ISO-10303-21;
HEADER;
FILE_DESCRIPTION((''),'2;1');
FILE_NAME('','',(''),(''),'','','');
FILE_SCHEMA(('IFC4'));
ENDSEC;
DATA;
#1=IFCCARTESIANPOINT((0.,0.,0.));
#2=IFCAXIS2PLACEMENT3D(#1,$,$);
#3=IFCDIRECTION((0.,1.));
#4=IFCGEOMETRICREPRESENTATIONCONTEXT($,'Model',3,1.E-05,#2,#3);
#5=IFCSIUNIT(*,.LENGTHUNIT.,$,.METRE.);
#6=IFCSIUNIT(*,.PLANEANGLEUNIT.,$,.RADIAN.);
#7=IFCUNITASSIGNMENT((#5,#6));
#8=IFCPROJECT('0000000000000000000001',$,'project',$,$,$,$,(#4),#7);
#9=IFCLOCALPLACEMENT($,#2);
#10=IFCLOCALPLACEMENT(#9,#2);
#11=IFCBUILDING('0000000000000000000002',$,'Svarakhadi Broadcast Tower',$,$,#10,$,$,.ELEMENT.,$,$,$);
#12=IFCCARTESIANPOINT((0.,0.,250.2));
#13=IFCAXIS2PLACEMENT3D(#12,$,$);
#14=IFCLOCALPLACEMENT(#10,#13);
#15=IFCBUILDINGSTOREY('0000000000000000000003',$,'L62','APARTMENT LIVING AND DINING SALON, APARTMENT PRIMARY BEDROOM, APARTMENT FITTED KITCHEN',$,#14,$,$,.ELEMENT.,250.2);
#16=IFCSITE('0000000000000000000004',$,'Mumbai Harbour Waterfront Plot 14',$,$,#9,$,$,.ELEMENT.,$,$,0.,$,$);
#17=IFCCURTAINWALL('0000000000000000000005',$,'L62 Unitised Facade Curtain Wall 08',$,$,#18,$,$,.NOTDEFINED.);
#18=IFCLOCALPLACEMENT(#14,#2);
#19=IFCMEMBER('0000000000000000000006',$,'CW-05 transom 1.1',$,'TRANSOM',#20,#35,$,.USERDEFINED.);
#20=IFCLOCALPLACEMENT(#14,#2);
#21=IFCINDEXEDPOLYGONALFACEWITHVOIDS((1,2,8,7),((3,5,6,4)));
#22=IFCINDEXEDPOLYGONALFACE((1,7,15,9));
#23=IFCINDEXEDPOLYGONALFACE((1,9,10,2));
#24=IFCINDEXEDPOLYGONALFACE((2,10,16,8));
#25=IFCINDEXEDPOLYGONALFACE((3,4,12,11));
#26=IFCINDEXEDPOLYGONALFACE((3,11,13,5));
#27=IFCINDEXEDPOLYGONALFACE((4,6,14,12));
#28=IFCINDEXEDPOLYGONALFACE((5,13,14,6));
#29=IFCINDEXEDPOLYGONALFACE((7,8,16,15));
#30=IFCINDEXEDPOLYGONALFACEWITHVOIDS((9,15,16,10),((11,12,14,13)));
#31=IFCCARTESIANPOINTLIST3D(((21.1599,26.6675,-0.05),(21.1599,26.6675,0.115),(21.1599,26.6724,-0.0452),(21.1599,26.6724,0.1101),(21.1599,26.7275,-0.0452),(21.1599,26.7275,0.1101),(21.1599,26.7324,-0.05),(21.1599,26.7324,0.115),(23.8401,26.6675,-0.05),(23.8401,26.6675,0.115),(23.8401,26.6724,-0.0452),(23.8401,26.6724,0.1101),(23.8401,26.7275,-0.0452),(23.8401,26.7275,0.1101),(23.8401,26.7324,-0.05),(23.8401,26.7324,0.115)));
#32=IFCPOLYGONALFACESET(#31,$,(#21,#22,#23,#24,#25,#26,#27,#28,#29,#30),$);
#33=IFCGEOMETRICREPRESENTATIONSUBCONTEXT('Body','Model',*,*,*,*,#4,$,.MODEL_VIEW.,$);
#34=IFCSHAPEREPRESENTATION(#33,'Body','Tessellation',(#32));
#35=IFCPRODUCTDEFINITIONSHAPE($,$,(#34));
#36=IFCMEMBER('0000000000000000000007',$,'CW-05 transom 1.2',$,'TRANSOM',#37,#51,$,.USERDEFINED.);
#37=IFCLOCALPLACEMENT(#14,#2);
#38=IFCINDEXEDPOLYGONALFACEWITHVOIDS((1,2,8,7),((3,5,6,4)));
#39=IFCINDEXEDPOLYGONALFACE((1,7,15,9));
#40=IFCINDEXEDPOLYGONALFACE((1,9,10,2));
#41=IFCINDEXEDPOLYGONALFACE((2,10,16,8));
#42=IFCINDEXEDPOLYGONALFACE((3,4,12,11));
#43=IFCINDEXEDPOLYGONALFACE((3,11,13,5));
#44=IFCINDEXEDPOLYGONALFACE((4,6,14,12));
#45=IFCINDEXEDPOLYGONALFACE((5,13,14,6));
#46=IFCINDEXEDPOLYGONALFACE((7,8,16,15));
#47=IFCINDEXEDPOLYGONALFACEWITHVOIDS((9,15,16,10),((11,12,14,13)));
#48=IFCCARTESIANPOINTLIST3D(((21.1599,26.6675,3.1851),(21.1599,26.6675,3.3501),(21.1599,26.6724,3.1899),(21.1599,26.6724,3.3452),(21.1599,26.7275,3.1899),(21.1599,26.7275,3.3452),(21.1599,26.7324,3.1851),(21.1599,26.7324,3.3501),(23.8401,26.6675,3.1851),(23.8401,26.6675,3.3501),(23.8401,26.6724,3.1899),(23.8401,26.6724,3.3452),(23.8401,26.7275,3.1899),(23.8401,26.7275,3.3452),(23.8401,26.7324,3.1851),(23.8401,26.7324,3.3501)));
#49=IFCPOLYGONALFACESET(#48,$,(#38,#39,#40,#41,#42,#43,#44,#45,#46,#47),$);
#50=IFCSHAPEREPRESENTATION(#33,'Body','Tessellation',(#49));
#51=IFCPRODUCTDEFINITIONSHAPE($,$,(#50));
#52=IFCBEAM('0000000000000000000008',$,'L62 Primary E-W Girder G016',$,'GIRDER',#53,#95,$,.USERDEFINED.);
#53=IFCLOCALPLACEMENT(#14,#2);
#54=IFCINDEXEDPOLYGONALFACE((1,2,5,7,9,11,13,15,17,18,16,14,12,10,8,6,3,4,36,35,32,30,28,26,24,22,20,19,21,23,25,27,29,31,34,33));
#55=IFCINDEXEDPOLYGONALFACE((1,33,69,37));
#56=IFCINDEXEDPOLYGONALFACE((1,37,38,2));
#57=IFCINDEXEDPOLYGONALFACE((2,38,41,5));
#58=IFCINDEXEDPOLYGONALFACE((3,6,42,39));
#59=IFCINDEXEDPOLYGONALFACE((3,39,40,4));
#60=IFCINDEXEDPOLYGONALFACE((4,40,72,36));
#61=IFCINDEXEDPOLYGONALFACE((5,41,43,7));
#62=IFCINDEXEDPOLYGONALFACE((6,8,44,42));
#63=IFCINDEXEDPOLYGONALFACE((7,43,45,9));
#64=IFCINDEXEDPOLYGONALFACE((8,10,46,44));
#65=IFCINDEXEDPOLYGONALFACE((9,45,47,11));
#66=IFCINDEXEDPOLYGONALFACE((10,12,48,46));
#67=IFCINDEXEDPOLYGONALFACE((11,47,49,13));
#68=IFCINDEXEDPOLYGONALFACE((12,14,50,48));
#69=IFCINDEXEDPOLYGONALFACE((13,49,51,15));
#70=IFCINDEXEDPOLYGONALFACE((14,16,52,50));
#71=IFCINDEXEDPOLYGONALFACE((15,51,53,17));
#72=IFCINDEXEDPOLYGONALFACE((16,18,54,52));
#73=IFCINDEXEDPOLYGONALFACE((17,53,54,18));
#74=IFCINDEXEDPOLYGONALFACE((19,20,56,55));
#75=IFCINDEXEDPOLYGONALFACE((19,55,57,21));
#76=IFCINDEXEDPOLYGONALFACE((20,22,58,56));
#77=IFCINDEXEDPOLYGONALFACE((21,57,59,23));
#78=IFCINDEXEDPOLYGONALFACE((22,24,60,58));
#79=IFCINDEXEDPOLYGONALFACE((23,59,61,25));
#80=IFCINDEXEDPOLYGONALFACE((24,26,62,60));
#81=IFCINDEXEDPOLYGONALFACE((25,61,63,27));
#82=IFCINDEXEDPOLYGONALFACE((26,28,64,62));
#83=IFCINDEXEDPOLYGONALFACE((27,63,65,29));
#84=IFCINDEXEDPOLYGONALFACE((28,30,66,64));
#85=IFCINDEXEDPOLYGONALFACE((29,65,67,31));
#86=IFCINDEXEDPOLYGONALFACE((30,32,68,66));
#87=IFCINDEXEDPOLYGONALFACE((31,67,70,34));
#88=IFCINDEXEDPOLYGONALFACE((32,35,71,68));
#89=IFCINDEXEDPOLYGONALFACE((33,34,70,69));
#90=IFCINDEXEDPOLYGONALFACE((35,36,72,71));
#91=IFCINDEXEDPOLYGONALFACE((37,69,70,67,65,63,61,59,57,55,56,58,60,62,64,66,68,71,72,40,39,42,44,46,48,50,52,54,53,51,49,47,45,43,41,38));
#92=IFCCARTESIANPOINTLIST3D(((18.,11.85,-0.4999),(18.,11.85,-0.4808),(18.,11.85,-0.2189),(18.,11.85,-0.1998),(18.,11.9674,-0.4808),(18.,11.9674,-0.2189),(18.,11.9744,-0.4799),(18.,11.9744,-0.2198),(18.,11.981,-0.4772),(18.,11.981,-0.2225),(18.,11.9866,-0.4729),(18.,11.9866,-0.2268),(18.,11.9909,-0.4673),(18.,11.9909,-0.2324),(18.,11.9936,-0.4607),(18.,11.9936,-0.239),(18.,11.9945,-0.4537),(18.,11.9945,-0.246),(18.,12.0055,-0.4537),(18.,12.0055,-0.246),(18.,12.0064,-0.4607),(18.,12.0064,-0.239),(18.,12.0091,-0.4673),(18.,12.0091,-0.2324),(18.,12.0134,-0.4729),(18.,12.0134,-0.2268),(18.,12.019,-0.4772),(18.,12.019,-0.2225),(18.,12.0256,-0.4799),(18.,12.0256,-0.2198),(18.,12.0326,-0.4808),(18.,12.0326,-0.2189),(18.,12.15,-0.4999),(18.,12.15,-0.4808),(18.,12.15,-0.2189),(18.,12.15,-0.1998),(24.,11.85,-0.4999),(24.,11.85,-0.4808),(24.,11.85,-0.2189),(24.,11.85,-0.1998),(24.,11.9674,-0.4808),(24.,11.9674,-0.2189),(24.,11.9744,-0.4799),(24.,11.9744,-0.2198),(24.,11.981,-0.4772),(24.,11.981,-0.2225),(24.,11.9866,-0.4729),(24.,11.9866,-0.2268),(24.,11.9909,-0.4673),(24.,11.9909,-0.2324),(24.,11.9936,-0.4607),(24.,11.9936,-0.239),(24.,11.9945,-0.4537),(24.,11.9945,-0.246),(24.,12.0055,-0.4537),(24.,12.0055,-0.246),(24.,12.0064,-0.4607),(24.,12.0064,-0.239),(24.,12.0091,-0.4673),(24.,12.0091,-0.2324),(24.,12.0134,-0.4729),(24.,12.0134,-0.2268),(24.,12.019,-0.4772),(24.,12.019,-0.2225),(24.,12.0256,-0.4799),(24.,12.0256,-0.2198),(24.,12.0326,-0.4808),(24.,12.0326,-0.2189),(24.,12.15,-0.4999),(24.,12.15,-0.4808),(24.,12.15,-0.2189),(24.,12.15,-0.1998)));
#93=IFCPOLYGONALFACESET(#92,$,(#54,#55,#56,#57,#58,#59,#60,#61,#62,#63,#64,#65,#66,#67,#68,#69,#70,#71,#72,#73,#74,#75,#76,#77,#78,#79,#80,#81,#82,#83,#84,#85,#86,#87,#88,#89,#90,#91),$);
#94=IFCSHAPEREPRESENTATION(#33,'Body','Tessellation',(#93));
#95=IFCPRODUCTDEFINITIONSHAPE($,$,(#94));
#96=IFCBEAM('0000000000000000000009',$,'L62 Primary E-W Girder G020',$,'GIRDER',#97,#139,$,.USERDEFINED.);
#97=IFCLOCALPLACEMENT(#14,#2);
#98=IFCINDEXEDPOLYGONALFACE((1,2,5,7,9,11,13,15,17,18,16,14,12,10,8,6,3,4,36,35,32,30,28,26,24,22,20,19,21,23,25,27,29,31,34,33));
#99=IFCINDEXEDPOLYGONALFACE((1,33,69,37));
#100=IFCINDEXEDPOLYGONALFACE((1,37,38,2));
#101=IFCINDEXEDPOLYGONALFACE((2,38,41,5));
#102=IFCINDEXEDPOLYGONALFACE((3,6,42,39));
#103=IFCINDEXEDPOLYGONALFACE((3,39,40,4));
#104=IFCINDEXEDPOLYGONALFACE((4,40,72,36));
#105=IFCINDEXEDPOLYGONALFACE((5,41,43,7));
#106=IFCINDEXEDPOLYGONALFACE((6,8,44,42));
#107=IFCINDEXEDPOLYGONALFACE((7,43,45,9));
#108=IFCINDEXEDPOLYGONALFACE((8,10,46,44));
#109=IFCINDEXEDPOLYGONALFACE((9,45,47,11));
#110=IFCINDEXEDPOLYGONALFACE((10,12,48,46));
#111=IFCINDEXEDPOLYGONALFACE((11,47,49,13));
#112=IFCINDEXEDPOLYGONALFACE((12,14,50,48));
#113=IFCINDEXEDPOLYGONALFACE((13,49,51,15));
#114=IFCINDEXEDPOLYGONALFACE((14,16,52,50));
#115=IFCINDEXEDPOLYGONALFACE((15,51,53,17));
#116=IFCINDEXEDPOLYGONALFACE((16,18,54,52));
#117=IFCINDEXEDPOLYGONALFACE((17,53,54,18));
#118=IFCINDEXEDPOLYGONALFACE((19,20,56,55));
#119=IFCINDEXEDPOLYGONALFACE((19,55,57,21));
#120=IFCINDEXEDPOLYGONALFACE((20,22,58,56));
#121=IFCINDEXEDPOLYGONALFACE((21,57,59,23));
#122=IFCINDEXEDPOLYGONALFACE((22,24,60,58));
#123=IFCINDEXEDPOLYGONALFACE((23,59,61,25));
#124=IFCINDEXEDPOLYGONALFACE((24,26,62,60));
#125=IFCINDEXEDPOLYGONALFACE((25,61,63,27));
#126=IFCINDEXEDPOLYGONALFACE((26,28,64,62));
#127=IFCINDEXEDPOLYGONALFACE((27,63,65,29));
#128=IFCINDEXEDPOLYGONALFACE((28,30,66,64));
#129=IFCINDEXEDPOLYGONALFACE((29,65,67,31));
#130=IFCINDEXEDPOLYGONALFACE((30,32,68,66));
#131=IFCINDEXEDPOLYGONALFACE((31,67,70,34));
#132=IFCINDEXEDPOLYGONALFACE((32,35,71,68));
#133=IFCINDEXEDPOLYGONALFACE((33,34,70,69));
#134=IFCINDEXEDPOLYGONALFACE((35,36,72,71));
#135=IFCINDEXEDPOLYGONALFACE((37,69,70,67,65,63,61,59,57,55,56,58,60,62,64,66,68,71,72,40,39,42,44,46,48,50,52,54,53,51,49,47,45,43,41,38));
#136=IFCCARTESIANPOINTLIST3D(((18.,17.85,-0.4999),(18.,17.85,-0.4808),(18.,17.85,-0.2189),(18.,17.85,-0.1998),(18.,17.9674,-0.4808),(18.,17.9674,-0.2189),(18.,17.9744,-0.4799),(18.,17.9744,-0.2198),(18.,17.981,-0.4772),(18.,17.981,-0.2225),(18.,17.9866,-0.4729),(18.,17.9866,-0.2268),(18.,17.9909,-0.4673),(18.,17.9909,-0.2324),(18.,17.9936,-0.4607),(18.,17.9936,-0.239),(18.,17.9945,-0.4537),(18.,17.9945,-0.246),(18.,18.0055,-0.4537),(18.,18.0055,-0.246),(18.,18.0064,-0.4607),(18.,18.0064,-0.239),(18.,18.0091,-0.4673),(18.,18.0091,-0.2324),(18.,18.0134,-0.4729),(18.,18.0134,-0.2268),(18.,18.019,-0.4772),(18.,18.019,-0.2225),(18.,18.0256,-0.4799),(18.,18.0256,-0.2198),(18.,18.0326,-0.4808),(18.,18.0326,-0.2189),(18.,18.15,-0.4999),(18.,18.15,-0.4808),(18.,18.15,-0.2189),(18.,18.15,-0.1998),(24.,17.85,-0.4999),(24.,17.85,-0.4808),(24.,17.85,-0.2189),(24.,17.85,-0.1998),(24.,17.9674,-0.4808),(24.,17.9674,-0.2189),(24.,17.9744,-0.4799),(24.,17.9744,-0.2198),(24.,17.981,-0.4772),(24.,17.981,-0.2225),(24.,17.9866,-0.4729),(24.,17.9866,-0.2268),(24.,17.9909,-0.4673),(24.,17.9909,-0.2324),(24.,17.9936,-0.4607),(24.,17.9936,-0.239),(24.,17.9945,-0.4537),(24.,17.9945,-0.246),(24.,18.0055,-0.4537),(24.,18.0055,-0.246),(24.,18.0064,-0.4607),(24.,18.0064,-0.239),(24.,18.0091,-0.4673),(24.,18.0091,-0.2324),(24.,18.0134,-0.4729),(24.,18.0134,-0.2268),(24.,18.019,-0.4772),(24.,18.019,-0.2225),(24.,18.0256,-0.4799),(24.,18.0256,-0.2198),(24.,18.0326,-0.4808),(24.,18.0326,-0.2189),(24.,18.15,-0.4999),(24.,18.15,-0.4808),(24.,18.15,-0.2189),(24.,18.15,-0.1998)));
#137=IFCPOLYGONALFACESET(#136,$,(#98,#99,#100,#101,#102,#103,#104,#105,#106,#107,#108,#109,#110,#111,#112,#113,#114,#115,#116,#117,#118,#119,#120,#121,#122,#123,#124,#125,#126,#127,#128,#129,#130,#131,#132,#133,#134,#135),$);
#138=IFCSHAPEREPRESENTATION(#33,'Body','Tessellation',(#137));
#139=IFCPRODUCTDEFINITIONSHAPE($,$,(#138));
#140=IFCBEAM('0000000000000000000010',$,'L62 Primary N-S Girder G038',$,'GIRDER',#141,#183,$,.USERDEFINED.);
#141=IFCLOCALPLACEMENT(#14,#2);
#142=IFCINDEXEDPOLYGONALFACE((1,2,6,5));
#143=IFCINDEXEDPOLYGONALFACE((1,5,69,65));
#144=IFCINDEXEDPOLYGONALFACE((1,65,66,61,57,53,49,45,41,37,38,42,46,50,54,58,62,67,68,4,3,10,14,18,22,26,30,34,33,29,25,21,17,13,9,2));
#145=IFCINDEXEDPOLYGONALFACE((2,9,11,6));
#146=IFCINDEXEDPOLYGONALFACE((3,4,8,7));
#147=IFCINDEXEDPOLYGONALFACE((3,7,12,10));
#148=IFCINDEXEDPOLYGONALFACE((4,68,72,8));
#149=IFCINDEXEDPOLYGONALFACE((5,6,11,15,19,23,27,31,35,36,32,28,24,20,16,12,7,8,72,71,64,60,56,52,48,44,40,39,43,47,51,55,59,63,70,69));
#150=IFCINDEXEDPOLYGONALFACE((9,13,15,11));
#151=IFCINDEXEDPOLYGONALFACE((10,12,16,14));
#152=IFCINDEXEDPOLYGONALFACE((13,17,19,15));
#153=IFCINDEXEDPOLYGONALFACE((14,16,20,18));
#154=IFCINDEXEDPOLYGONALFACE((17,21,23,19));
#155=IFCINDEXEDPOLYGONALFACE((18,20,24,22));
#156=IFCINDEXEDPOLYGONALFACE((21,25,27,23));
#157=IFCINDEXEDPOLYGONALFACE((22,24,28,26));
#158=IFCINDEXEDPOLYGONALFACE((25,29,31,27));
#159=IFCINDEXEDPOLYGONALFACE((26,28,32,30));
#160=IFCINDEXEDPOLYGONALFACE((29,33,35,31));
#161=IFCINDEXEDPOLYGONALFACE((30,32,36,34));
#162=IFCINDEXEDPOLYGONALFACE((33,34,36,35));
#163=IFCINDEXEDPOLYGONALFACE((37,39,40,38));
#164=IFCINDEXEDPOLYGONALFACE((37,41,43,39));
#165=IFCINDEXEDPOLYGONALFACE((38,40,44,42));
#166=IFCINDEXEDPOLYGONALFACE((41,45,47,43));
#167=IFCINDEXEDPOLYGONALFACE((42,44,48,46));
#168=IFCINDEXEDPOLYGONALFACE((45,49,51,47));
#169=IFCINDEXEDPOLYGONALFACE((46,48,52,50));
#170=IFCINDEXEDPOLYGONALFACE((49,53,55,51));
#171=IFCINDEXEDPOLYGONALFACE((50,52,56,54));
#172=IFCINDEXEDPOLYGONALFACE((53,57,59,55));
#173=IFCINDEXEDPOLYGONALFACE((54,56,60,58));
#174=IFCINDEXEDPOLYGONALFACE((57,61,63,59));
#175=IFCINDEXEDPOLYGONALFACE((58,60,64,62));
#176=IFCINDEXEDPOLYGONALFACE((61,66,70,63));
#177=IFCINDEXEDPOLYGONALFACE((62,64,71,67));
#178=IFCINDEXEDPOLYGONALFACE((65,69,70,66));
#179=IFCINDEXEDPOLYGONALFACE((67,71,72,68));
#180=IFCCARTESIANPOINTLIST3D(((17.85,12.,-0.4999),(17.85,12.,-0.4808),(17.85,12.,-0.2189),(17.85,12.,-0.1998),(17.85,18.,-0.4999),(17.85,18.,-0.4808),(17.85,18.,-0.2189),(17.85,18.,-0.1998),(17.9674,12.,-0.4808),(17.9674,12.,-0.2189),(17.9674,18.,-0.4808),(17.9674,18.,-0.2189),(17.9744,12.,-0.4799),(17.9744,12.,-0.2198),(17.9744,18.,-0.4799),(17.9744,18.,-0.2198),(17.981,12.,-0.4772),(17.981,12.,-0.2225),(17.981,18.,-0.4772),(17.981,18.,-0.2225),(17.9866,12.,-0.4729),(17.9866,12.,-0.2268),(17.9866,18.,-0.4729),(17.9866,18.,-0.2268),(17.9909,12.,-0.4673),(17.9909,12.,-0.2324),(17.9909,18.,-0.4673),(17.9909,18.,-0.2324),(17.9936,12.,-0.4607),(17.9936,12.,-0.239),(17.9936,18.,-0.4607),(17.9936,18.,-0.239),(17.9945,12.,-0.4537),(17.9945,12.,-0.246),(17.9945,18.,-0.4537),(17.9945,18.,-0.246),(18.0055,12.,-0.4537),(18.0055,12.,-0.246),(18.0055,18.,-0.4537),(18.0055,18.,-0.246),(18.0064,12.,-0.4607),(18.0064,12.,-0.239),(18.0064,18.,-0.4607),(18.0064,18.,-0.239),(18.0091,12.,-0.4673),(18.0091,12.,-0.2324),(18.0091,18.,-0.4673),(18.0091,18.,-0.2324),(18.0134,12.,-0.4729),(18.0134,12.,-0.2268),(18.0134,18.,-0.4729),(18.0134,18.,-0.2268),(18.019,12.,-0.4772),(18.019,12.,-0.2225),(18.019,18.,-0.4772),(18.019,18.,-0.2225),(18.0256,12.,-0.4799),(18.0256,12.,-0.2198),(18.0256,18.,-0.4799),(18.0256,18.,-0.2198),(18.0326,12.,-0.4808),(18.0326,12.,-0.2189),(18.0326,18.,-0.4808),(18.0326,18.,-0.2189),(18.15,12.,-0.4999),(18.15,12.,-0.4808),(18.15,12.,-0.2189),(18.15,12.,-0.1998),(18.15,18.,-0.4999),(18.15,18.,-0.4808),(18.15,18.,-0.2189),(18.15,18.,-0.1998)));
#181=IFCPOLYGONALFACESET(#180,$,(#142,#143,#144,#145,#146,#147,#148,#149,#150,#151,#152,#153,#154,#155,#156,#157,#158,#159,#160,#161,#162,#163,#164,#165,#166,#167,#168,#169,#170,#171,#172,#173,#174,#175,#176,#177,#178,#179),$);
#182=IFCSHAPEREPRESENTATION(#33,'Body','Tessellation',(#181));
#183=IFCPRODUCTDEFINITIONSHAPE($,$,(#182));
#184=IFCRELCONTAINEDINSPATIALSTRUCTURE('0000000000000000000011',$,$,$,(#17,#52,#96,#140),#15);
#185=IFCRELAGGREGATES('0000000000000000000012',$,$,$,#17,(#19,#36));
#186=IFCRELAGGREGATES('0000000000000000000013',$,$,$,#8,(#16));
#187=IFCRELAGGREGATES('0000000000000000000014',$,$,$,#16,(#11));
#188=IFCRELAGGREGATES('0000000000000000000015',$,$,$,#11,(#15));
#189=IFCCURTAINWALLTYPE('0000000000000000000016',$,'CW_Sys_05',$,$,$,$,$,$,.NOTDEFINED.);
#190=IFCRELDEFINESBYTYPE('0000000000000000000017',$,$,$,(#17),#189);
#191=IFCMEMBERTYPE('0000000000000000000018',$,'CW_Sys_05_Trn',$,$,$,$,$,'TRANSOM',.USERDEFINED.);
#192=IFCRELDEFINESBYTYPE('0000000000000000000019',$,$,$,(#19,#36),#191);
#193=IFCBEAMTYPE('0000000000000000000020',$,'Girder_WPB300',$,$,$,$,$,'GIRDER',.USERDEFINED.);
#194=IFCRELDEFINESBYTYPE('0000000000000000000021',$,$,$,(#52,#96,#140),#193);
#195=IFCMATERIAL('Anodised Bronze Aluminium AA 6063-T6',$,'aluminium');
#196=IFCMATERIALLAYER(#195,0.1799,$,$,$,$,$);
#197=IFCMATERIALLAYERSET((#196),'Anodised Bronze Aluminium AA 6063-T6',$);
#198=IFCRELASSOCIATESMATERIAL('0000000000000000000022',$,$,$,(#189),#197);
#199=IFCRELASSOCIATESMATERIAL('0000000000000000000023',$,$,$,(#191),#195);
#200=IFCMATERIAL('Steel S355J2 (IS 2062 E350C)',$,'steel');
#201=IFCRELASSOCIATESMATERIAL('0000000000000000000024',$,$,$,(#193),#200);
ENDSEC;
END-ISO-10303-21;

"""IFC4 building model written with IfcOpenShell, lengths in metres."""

from ifc_helpers import new_model, si_unit, direction, frame, origin, origin_2d, place, context, subcontext, project, spatial, hollow_rectangle, i_section, extrude, material, layer, layer_set, material_profile, profile_set, type_object, element, aggregate, save


model = new_model("IFC4")

# Units and contexts
model_context = context("Model", 3, precision=1e-05, world=origin(), true_north=direction((0.0, 1.0)))
body_context = subcontext(model_context, "Body", "Model", "MODEL_VIEW")
ifc_project = project(units=[si_unit("LENGTHUNIT", "METRE"), si_unit("PLANEANGLEUNIT", "RADIAN")], contexts=[model_context])

# Site, building, storey
site_placement = place(None, origin())
site = spatial("IfcSite", under=ifc_project, at=site_placement, Name="Mumbai Harbour Waterfront Plot 14", CompositionType="ELEMENT", RefElevation=0.0)
building_placement = place(site_placement, origin())
building = spatial("IfcBuilding", under=site, at=building_placement, Name="Svarakhadi Broadcast Tower", CompositionType="ELEMENT")
storey_placement = place(building_placement, frame((0.0, 0.0, 250.2)))
storey = spatial("IfcBuildingStorey", under=building, at=storey_placement, Name="L62", Description="APARTMENT LIVING AND DINING SALON, APARTMENT PRIMARY BEDROOM, APARTMENT FITTED KITCHEN", CompositionType="ELEMENT", Elevation=250.2)

# Shared definitions
ifc_material_1 = material(Name="Steel S355J2 (IS 2062 E350C)", Category="steel")

# Curtain wall
ifc_material_2 = material(Name="Anodised Bronze Aluminium AA 6063-T6", Category="aluminium")
ifc_layer_1 = layer(ifc_material_2, 0.1799)
ifc_layer_set_1 = layer_set([ifc_layer_1], Name="Anodised Bronze Aluminium AA 6063-T6")
curtain_wall_type = type_object("IfcCurtainWallType", Name="CW_Sys_05", PredefinedType="NOTDEFINED", material=ifc_layer_set_1)
curtain_wall_1_placement = place(storey_placement, origin())
curtain_wall_1 = element("IfcCurtainWall", 1, at=curtain_wall_1_placement, inside=storey, type_object=curtain_wall_type, Name="L62 Unitised Facade Curtain Wall 08", PredefinedType="NOTDEFINED")

# Members
ifc_material_profile_1 = material_profile(ifc_material_2, hollow_rectangle(XDim=0.0649, YDim=0.165, WallThickness=0.0049, at=origin_2d()), Name="ALU TRANSOM 165x65x5")
ifc_profile_set_1 = profile_set([ifc_material_profile_1], Name="Anodised Bronze Aluminium AA 6063-T6")
member_type_1 = type_object("IfcMemberType", Name="CW_Sys_05_Trn", ElementType="TRANSOM", PredefinedType="USERDEFINED", material=ifc_profile_set_1)
member_1_placement = place(storey_placement, frame((21.1599, 26.7, 0.0325), z_axis=(1.0, 0.0, 0.0), x_axis=(0.0, 1.0, 0.0)))
member_1 = element("IfcMember", 2, at=member_1_placement, type_object=member_type_1, Name="CW-05 transom 1.1", ObjectType="TRANSOM", PredefinedType="USERDEFINED", context=body_context, shape_type="SweptSolid", body=[
    extrude(hollow_rectangle(XDim=0.0649, YDim=0.165, WallThickness=0.0049, at=origin_2d()), origin(), (0.0, 0.0, 1.0), 2.6802),
])
member_2_placement = place(storey_placement, frame((21.1599, 26.7, 3.2676), z_axis=(1.0, 0.0, 0.0), x_axis=(0.0, 1.0, 0.0)))
member_2 = element("IfcMember", 3, at=member_2_placement, type_object=member_type_1, Name="CW-05 transom 1.2", ObjectType="TRANSOM", PredefinedType="USERDEFINED", context=body_context, shape_type="SweptSolid", body=[
    extrude(hollow_rectangle(XDim=0.0649, YDim=0.165, WallThickness=0.0049, at=origin_2d()), origin(), (0.0, 0.0, 1.0), 2.6802),
])
aggregate(curtain_wall_1, [member_1, member_2])

# Beams
ifc_material_profile_2 = material_profile(ifc_material_1, i_section(OverallWidth=0.3, OverallDepth=0.3, WebThickness=0.011, FlangeThickness=0.019, FilletRadius=0.0271, at=origin_2d()), Name="WPB 300x300x117")
ifc_profile_set_2 = profile_set([ifc_material_profile_2], Name="Steel S355J2 (IS 2062 E350C)")
beam_type_1 = type_object("IfcBeamType", Name="Girder_WPB300", ElementType="GIRDER", PredefinedType="USERDEFINED", material=ifc_profile_set_2)
for number, where, z_axis, x_axis, name in (
    (4, (18.0, 12.0, -0.3499), (1.0, 0.0, 0.0), (0.0, 1.0, 0.0), "L62 Primary E-W Girder G016"),
    (5, (18.0, 18.0, -0.3499), (1.0, 0.0, 0.0), (0.0, 1.0, 0.0), "L62 Primary E-W Girder G020"),
    (6, (18.0, 12.0, -0.3499), (0.0, 1.0, 0.0), (-1.0, 0.0, 0.0), "L62 Primary N-S Girder G038"),
):
    element("IfcBeam", number, at=place(storey_placement, frame(where, z_axis=z_axis, x_axis=x_axis)), inside=storey, type_object=beam_type_1, Name=name, ObjectType="GIRDER", PredefinedType="USERDEFINED", context=body_context, shape_type="SweptSolid", body=[
        extrude(i_section(OverallWidth=0.3, OverallDepth=0.3, WebThickness=0.011, FlangeThickness=0.019, FilletRadius=0.0271, at=origin_2d()), origin(), (0.0, 0.0, 1.0), 6.0),
    ])

save(model, "model.ifc")
